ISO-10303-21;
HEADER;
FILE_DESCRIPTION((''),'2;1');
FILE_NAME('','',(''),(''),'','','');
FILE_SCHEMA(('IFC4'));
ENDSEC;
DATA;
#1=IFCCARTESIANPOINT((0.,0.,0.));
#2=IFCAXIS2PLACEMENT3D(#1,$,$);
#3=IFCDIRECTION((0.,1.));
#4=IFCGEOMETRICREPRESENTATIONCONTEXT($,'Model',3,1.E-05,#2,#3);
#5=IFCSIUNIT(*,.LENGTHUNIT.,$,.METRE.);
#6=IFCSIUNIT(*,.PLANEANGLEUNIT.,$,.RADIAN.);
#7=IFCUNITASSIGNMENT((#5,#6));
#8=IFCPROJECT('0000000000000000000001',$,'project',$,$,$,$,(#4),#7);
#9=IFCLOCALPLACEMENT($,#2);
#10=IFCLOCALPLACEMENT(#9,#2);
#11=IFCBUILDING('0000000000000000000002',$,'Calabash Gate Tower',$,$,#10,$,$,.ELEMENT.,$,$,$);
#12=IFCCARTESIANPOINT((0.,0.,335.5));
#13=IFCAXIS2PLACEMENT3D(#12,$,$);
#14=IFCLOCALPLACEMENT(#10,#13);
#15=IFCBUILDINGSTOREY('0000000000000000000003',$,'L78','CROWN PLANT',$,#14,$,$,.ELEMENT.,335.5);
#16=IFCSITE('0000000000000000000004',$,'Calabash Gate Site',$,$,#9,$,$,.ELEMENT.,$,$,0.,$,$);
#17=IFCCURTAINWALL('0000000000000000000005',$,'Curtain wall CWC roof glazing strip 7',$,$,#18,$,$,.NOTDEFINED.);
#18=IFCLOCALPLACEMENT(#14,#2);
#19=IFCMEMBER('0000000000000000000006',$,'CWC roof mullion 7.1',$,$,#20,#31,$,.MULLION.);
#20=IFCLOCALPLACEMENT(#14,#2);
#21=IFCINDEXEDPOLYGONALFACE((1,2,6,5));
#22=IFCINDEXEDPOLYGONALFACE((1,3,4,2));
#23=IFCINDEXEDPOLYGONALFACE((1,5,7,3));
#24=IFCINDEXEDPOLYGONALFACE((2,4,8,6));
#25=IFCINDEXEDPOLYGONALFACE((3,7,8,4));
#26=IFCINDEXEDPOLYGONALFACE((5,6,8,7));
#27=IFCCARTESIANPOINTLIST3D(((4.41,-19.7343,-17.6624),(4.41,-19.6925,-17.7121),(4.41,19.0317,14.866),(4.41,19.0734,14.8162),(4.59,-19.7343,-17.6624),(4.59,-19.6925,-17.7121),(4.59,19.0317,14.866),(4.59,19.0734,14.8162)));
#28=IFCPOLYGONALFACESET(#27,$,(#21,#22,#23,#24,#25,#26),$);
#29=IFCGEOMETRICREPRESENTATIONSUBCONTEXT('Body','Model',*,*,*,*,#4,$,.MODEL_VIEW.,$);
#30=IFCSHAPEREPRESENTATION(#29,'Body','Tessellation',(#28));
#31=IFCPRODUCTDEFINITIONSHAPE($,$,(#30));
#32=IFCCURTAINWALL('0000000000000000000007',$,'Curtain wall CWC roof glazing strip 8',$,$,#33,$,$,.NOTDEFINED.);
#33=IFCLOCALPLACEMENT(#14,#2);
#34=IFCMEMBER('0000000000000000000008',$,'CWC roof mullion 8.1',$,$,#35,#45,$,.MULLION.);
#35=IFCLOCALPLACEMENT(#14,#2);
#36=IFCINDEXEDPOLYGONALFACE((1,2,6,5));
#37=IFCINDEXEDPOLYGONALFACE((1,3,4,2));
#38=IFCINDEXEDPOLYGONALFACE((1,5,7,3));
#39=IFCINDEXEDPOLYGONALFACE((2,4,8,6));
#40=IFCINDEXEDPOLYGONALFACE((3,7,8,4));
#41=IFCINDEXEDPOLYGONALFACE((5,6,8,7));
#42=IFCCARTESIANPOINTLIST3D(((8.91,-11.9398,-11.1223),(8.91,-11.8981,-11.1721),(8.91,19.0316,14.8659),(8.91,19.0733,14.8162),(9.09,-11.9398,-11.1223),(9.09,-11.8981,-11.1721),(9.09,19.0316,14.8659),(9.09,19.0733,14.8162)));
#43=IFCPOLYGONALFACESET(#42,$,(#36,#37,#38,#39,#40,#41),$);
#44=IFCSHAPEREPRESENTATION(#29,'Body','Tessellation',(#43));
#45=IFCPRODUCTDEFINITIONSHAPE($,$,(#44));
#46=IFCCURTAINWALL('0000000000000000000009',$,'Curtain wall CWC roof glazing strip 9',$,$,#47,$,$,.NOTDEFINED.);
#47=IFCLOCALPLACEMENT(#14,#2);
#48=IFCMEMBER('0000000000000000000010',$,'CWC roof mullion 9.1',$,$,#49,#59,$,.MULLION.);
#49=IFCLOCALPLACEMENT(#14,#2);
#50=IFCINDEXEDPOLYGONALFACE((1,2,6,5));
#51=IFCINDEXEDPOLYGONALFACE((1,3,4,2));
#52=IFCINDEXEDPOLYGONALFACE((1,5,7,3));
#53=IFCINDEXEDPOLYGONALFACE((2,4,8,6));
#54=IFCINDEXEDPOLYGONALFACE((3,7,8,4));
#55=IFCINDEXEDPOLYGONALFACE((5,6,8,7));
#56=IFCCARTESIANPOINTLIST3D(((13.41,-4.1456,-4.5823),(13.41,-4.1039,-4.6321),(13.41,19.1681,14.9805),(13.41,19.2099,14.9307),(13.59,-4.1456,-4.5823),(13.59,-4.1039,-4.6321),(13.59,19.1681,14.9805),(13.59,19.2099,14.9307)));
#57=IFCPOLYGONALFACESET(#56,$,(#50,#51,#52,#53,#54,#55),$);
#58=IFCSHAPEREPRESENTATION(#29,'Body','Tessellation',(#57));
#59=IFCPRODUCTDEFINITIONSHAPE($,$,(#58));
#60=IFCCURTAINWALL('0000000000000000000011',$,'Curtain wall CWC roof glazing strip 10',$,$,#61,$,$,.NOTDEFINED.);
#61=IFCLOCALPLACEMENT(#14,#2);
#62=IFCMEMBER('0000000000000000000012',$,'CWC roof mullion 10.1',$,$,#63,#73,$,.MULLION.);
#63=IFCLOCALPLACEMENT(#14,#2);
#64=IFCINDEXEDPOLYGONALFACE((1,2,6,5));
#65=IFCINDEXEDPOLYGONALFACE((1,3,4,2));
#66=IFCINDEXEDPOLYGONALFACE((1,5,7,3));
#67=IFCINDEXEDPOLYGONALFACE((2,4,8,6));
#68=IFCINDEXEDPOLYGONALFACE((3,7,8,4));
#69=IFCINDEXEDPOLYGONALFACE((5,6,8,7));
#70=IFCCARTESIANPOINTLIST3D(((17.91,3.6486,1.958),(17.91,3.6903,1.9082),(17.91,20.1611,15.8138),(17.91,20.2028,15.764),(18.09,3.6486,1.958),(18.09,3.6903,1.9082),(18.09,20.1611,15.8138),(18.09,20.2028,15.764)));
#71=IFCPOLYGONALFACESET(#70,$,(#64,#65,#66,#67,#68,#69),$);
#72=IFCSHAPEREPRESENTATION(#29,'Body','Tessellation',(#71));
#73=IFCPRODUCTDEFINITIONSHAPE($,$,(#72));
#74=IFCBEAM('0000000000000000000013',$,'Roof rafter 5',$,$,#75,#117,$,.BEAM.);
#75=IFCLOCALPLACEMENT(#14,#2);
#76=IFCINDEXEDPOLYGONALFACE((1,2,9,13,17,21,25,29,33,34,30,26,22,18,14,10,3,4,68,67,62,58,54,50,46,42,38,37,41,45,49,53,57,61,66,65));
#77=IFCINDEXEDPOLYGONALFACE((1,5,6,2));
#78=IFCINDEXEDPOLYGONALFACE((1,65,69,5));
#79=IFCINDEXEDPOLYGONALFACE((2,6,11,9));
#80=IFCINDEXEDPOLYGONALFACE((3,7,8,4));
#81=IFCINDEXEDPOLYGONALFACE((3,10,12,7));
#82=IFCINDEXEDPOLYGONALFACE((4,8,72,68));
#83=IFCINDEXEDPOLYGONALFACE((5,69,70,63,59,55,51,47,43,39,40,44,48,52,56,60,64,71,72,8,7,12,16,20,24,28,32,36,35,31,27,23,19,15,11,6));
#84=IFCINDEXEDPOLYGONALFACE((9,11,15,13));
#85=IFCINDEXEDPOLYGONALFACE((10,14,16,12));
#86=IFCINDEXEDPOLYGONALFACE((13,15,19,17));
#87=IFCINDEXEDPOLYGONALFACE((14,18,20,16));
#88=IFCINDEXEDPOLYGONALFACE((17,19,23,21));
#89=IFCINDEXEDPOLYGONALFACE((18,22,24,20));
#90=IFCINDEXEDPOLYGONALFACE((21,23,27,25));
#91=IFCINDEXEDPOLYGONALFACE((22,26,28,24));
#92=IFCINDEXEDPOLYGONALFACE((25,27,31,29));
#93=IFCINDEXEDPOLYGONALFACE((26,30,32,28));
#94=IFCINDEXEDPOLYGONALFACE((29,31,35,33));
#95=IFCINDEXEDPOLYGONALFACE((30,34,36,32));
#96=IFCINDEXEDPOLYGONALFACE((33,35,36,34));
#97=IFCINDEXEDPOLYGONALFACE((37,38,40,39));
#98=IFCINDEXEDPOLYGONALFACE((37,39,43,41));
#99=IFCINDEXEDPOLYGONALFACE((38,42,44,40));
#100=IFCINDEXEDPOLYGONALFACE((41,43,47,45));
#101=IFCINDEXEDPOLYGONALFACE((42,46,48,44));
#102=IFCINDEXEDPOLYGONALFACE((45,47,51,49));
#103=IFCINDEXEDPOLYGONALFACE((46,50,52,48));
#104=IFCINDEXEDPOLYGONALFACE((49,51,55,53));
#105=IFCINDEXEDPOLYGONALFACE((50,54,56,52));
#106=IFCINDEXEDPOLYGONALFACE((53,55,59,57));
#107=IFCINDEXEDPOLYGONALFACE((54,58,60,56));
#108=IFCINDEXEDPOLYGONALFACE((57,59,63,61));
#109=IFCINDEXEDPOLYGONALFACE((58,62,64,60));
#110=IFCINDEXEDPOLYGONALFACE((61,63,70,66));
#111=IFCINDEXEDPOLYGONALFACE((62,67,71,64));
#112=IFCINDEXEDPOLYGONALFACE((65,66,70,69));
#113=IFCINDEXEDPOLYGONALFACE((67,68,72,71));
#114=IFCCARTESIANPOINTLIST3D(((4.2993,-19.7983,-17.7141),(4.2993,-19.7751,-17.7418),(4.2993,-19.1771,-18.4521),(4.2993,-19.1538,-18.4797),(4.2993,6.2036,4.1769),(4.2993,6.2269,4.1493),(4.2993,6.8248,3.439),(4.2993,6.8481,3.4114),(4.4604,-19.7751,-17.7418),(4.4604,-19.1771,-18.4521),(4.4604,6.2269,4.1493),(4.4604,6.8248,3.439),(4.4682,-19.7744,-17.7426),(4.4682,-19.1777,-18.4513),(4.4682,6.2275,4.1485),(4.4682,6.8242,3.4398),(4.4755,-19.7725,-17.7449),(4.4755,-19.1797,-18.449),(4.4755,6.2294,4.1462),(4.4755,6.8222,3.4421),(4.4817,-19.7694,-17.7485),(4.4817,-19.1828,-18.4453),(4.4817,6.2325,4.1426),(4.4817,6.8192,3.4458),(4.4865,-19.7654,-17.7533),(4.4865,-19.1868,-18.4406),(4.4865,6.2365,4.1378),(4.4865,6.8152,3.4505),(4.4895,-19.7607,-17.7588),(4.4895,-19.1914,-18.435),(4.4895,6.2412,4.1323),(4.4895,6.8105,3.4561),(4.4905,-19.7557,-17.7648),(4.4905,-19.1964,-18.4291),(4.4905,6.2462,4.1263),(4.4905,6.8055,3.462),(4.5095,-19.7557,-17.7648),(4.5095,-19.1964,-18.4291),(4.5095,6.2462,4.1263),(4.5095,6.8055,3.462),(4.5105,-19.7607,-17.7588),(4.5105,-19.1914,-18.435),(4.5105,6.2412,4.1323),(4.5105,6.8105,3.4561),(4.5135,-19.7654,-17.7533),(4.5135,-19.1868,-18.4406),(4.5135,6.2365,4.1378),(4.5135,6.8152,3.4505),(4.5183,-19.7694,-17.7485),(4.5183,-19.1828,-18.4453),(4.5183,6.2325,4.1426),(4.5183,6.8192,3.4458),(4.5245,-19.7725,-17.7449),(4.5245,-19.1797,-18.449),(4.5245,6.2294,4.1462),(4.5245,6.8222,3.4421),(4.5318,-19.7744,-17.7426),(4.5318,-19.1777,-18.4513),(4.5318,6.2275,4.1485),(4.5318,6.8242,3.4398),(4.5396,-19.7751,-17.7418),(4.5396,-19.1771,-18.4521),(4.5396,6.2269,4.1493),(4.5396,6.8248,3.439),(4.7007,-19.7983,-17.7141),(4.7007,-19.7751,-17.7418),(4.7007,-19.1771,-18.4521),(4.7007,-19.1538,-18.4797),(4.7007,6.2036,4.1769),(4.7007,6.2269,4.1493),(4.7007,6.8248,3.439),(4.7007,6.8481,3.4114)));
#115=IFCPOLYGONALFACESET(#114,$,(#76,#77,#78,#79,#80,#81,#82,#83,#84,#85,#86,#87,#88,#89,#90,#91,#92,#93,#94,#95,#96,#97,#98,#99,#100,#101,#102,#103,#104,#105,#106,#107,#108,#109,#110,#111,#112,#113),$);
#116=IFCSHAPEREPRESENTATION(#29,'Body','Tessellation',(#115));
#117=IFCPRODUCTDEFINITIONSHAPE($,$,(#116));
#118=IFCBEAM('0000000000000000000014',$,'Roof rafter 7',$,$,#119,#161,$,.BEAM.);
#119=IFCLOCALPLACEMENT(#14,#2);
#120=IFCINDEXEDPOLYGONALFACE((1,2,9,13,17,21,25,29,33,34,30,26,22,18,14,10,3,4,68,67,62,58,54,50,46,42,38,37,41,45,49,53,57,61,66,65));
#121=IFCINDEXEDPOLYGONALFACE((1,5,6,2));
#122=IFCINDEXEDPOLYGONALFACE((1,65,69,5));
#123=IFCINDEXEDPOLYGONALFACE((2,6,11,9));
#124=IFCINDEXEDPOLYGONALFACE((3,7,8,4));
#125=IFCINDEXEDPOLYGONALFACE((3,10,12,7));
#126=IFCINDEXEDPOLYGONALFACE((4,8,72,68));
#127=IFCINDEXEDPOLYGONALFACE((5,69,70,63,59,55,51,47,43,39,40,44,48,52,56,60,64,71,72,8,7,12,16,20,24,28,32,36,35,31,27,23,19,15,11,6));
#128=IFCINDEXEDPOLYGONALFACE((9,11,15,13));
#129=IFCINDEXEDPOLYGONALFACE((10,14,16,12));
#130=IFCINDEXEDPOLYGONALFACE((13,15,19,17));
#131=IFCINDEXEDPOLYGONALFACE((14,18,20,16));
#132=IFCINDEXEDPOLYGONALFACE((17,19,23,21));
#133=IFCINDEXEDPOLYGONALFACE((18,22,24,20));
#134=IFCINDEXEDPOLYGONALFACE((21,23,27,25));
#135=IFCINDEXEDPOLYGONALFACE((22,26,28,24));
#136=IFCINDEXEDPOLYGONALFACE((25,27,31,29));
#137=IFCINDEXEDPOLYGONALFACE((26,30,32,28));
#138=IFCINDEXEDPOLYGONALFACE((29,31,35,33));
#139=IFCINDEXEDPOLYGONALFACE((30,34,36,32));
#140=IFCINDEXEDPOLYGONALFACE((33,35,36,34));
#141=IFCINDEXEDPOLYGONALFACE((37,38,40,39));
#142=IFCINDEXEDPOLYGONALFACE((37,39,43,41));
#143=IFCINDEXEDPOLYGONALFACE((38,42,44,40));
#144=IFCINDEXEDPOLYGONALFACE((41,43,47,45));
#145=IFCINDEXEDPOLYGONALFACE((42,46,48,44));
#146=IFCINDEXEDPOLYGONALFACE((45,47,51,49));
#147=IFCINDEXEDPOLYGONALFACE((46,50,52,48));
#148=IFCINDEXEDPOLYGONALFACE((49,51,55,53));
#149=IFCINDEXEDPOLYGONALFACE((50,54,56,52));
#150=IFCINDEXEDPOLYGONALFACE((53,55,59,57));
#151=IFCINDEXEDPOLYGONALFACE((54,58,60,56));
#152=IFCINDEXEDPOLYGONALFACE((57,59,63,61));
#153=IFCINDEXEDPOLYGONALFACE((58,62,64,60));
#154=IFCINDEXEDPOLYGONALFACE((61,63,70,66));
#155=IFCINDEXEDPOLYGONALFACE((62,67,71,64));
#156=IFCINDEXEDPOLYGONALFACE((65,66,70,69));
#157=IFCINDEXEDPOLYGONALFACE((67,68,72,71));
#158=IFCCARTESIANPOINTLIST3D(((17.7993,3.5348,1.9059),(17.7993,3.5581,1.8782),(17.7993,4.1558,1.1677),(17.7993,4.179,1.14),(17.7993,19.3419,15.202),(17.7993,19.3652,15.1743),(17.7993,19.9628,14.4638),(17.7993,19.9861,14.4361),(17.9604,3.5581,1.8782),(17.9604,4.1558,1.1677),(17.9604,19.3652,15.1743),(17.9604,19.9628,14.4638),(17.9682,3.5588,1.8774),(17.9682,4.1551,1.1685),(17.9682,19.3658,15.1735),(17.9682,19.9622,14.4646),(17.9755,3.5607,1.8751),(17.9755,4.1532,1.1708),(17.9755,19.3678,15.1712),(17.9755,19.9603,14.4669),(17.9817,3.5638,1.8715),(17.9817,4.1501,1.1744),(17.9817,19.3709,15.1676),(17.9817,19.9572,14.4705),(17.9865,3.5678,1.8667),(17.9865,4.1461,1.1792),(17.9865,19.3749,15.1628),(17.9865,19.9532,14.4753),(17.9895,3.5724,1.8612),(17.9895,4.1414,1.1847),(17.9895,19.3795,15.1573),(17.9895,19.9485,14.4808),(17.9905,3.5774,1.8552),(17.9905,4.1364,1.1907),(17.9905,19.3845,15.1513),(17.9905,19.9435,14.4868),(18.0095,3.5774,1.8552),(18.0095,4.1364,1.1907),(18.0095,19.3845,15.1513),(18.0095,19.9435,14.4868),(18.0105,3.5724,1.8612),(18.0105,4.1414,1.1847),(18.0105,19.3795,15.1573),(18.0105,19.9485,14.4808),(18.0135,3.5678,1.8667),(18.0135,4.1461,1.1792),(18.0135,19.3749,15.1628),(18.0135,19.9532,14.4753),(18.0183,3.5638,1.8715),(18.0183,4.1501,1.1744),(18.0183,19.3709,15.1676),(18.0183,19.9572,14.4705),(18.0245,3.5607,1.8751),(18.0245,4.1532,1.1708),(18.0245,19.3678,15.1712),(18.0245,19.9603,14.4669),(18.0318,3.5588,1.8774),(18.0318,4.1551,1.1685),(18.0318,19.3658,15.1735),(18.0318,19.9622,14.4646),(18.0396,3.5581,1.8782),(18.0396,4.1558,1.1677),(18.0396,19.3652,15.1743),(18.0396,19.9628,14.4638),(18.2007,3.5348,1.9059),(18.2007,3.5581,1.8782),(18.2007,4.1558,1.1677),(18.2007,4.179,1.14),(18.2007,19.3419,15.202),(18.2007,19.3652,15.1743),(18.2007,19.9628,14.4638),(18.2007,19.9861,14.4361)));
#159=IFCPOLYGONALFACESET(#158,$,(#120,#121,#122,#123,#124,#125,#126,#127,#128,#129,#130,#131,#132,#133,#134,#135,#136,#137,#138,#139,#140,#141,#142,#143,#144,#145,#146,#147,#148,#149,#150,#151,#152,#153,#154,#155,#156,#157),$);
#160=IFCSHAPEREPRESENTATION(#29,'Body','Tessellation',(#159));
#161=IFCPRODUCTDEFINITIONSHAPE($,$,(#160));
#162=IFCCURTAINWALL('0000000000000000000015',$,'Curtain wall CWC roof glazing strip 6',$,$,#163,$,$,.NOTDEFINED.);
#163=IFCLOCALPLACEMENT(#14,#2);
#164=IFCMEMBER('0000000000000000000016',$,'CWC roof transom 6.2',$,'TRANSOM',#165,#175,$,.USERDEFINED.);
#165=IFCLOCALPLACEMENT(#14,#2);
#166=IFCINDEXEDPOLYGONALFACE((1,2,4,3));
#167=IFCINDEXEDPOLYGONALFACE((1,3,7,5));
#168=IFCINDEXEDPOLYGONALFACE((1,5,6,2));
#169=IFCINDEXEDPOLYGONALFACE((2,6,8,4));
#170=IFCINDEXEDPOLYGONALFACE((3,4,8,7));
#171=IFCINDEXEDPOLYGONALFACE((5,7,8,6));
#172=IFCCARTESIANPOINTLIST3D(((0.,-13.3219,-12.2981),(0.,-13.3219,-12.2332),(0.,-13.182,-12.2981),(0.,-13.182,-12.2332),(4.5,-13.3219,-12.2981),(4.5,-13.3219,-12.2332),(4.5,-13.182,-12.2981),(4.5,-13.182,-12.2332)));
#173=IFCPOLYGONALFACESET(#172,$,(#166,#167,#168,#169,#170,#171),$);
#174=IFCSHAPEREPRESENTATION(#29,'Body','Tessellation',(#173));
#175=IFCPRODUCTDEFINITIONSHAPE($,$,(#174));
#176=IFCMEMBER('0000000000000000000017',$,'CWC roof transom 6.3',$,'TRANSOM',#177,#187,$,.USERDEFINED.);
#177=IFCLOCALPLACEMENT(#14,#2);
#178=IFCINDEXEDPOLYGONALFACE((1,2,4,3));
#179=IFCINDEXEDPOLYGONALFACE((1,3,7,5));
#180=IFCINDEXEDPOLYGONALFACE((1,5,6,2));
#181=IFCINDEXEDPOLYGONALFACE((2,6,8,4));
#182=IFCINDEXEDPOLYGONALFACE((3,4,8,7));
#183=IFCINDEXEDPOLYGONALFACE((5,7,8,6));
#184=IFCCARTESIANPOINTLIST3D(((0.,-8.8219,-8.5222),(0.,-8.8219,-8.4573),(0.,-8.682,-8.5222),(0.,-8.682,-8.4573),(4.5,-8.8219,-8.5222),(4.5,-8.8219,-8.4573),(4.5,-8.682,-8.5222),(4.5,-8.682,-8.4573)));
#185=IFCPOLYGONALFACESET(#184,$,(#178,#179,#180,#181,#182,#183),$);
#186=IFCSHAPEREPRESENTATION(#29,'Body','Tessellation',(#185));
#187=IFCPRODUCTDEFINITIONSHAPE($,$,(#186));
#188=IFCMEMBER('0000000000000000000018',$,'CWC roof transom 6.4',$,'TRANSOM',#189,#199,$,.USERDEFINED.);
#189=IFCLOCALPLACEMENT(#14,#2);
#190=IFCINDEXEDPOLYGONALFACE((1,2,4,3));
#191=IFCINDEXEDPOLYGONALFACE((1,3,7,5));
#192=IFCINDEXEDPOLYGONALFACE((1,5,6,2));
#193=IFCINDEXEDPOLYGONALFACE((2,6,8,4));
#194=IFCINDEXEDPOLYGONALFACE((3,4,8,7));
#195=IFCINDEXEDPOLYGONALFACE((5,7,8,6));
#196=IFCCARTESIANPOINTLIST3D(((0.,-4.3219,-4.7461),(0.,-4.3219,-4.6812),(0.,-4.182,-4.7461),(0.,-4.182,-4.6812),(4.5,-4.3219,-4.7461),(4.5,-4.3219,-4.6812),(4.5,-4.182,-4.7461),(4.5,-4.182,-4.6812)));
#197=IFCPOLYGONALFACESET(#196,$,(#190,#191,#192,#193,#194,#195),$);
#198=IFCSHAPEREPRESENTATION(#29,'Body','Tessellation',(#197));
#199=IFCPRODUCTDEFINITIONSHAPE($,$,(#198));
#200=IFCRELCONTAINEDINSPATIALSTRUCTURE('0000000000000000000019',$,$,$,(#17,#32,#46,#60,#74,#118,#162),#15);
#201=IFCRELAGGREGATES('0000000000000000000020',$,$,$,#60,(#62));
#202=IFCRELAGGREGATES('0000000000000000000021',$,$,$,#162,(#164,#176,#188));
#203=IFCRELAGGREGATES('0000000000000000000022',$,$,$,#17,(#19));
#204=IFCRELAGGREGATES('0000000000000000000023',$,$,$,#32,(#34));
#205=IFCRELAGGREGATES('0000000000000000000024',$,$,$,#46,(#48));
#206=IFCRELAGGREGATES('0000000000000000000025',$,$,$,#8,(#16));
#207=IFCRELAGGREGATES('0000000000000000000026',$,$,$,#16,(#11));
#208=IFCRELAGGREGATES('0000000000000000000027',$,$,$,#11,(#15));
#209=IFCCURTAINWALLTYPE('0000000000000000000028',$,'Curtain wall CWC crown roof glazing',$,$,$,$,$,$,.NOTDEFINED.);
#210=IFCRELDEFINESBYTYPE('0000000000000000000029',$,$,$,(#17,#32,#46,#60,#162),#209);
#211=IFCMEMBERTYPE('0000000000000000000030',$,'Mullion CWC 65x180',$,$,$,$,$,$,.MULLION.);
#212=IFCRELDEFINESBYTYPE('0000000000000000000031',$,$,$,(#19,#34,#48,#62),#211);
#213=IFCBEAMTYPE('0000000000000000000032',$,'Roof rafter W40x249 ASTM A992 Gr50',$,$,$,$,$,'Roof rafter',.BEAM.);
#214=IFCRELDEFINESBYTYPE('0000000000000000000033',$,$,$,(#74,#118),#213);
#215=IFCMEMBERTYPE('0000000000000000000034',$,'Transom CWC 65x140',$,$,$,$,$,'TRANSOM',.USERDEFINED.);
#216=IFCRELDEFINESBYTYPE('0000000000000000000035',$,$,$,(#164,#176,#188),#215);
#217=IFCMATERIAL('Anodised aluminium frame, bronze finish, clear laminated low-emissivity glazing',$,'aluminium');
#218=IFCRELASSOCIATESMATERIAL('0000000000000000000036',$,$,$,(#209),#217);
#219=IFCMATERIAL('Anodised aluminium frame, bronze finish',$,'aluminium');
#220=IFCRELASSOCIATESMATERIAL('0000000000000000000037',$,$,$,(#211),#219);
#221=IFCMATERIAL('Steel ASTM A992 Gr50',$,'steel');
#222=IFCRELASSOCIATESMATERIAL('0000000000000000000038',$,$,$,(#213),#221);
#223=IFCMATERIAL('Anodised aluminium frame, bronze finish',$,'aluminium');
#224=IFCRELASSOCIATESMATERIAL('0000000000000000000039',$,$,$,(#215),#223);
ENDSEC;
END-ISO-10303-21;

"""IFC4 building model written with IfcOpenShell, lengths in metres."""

from ifc_helpers import new_model, si_unit, direction, frame, origin, origin_2d, place, context, subcontext, project, spatial, rectangle, i_section, extrude, material, material_profile, profile_set, type_object, element, aggregate, save


model = new_model("IFC4")

# Units and contexts
model_context = context("Model", 3, precision=1e-05, world=origin(), true_north=direction((0.0, 1.0)))
body_context = subcontext(model_context, "Body", "Model", "MODEL_VIEW")
ifc_project = project(units=[si_unit("LENGTHUNIT", "METRE"), si_unit("PLANEANGLEUNIT", "RADIAN")], contexts=[model_context])

# Site, building, storey
site_placement = place(None, origin())
site = spatial("IfcSite", under=ifc_project, at=site_placement, Name="Calabash Gate Site", CompositionType="ELEMENT", RefElevation=0.0)
building_placement = place(site_placement, origin())
building = spatial("IfcBuilding", under=site, at=building_placement, Name="Calabash Gate Tower", CompositionType="ELEMENT")
storey_placement = place(building_placement, frame((0.0, 0.0, 335.5)))
storey = spatial("IfcBuildingStorey", under=building, at=storey_placement, Name="L78", Description="CROWN PLANT", CompositionType="ELEMENT", Elevation=335.5)

# Curtain walls, members
ifc_material_1 = material(Name="Anodised aluminium frame, bronze finish, clear laminated low-emissivity glazing", Category="aluminium")
curtain_wall_type = type_object("IfcCurtainWallType", Name="Curtain wall CWC crown roof glazing", PredefinedType="NOTDEFINED", material=ifc_material_1)
curtain_wall_1_placement = place(storey_placement, origin())
curtain_wall_1 = element("IfcCurtainWall", 1, at=curtain_wall_1_placement, inside=storey, type_object=curtain_wall_type, Name="Curtain wall CWC roof glazing strip 7", PredefinedType="NOTDEFINED")
ifc_material_2 = material(Name="Anodised aluminium frame, bronze finish", Category="aluminium")
ifc_material_profile_1 = material_profile(ifc_material_2, rectangle(XDim=0.1799, YDim=0.0649, at=origin_2d()))
ifc_profile_set_1 = profile_set([ifc_material_profile_1], Name="Anodised aluminium frame, bronze finish")
member_type_1 = type_object("IfcMemberType", Name="Mullion CWC 65x180", PredefinedType="MULLION", material=ifc_profile_set_1)
member_1_placement = place(storey_placement, frame((4.5, -19.7134, -17.6873), z_axis=(0.0, 0.766045, 0.642786), x_axis=(-1.0, 0.0, 0.0)))
member_1 = element("IfcMember", 2, at=member_1_placement, type_object=member_type_1, Name="CWC roof mullion 7.1", PredefinedType="MULLION", context=body_context, shape_type="SweptSolid", body=[
    extrude(rectangle(XDim=0.1799, YDim=0.0649, at=origin_2d()), origin(), (0.0, 0.0, 1.0), 50.6052),
])
curtain_wall_2_placement = place(storey_placement, origin())
curtain_wall_2 = element("IfcCurtainWall", 3, at=curtain_wall_2_placement, inside=storey, type_object=curtain_wall_type, Name="Curtain wall CWC roof glazing strip 8", PredefinedType="NOTDEFINED")
member_2_placement = place(storey_placement, frame((9.0, -11.9189, -11.1472), z_axis=(0.0, 0.766042, 0.64279), x_axis=(-1.0, 0.0, 0.0)))
member_2 = element("IfcMember", 4, at=member_2_placement, type_object=member_type_1, Name="CWC roof mullion 8.1", PredefinedType="MULLION", context=body_context, shape_type="SweptSolid", body=[
    extrude(rectangle(XDim=0.1799, YDim=0.0649, at=origin_2d()), origin(), (0.0, 0.0, 1.0), 40.4304),
])
curtain_wall_3_placement = place(storey_placement, origin())
curtain_wall_3 = element("IfcCurtainWall", 5, at=curtain_wall_3_placement, inside=storey, type_object=curtain_wall_type, Name="Curtain wall CWC roof glazing strip 9", PredefinedType="NOTDEFINED")
member_3_placement = place(storey_placement, frame((13.5, -4.1248, -4.6072), z_axis=(0.0, 0.766041, 0.642792), x_axis=(-1.0, 0.0, 0.0)))
member_3 = element("IfcMember", 6, at=member_3_placement, type_object=member_type_1, Name="CWC roof mullion 9.1", PredefinedType="MULLION", context=body_context, shape_type="SweptSolid", body=[
    extrude(rectangle(XDim=0.1799, YDim=0.0649, at=origin_2d()), origin(), (0.0, 0.0, 1.0), 30.4341),
])
curtain_wall_4_placement = place(storey_placement, origin())
curtain_wall_4 = element("IfcCurtainWall", 7, at=curtain_wall_4_placement, inside=storey, type_object=curtain_wall_type, Name="Curtain wall CWC roof glazing strip 10", PredefinedType="NOTDEFINED")
member_4_placement = place(storey_placement, frame((18.0, 3.6694, 1.9331), z_axis=(0.0, 0.766042, 0.642791), x_axis=(-1.0, 0.0, 0.0)))
member_4 = element("IfcMember", 8, at=member_4_placement, type_object=member_type_1, Name="CWC roof mullion 10.1", PredefinedType="MULLION", context=body_context, shape_type="SweptSolid", body=[
    extrude(rectangle(XDim=0.1799, YDim=0.0649, at=origin_2d()), origin(), (0.0, 0.0, 1.0), 21.5557),
])
aggregate(curtain_wall_4, [member_4])

# Beams
ifc_material_3 = material(Name="Steel ASTM A992 Gr50", Category="steel")
ifc_material_profile_2 = material_profile(ifc_material_3, i_section(OverallWidth=0.4014, OverallDepth=1.0007, WebThickness=0.019, FlangeThickness=0.0361, FilletRadius=0.03, at=origin_2d()))
ifc_profile_set_2 = profile_set([ifc_material_profile_2], Name="Steel ASTM A992 Gr50")
beam_type = type_object("IfcBeamType", Name="Roof rafter W40x249 ASTM A992 Gr50", ElementType="Roof rafter", PredefinedType="BEAM", material=ifc_profile_set_2)
beam_1_placement = place(storey_placement, frame((4.5, -19.4761, -18.0969), z_axis=(0.0, 0.764988, 0.644045), x_axis=(-1.0, 0.0, 0.0)))
element("IfcBeam", 9, at=beam_1_placement, inside=storey, type_object=beam_type, Name="Roof rafter 5", PredefinedType="BEAM", context=body_context, shape_type="SweptSolid", body=[
    extrude(i_section(OverallWidth=0.4014, OverallDepth=1.0007, WebThickness=0.019, FlangeThickness=0.0361, FilletRadius=0.03, at=origin_2d()), origin(), (0.0, 0.0, 1.0), 33.99),
])
beam_2_placement = place(storey_placement, frame((18.0, 3.8569, 1.5229), z_axis=(0.0, 0.765272, 0.643707), x_axis=(-1.0, 0.0, 0.0)))
element("IfcBeam", 10, at=beam_2_placement, inside=storey, type_object=beam_type, Name="Roof rafter 7", PredefinedType="BEAM", context=body_context, shape_type="SweptSolid", body=[
    extrude(i_section(OverallWidth=0.4014, OverallDepth=1.0007, WebThickness=0.019, FlangeThickness=0.0361, FilletRadius=0.03, at=origin_2d()), origin(), (0.0, 0.0, 1.0), 20.6555),
])

# Curtain wall, members
curtain_wall_5_placement = place(storey_placement, origin())
curtain_wall_5 = element("IfcCurtainWall", 11, at=curtain_wall_5_placement, inside=storey, type_object=curtain_wall_type, Name="Curtain wall CWC roof glazing strip 6", PredefinedType="NOTDEFINED")
ifc_material_4 = material(Name="Anodised aluminium frame, bronze finish", Category="aluminium")
ifc_material_profile_3 = material_profile(ifc_material_4, rectangle(XDim=0.1399, YDim=0.0649, at=origin_2d()))
ifc_profile_set_3 = profile_set([ifc_material_profile_3], Name="Anodised aluminium frame, bronze finish")
member_type_2 = type_object("IfcMemberType", Name="Transom CWC 65x140", ElementType="TRANSOM", PredefinedType="USERDEFINED", material=ifc_profile_set_3)
member_5_placement = place(storey_placement, frame((0.0, -13.252, -12.2656), z_axis=(1.0, 0.0, 0.0), x_axis=(0.0, 1.0, 0.0)))
member_5 = element("IfcMember", 12, at=member_5_placement, type_object=member_type_2, Name="CWC roof transom 6.2", ObjectType="TRANSOM", PredefinedType="USERDEFINED", context=body_context, shape_type="SweptSolid", body=[
    extrude(rectangle(XDim=0.1399, YDim=0.0649, at=origin_2d()), origin(), (0.0, 0.0, 1.0), 4.5),
])
member_6_placement = place(storey_placement, frame((0.0, -8.752, -8.4897), z_axis=(1.0, 0.0, 0.0), x_axis=(0.0, 1.0, 0.0)))
member_6 = element("IfcMember", 13, at=member_6_placement, type_object=member_type_2, Name="CWC roof transom 6.3", ObjectType="TRANSOM", PredefinedType="USERDEFINED", context=body_context, shape_type="SweptSolid", body=[
    extrude(rectangle(XDim=0.1399, YDim=0.0649, at=origin_2d()), origin(), (0.0, 0.0, 1.0), 4.5),
])
member_7_placement = place(storey_placement, frame((0.0, -4.252, -4.7136), z_axis=(1.0, 0.0, 0.0), x_axis=(0.0, 1.0, 0.0)))
member_7 = element("IfcMember", 14, at=member_7_placement, type_object=member_type_2, Name="CWC roof transom 6.4", ObjectType="TRANSOM", PredefinedType="USERDEFINED", context=body_context, shape_type="SweptSolid", body=[
    extrude(rectangle(XDim=0.1399, YDim=0.0649, at=origin_2d()), origin(), (0.0, 0.0, 1.0), 4.5),
])

aggregate(curtain_wall_5, [member_5, member_6, member_7])
aggregate(curtain_wall_1, [member_1])
aggregate(curtain_wall_2, [member_2])
aggregate(curtain_wall_3, [member_3])

save(model, "model.ifc")
